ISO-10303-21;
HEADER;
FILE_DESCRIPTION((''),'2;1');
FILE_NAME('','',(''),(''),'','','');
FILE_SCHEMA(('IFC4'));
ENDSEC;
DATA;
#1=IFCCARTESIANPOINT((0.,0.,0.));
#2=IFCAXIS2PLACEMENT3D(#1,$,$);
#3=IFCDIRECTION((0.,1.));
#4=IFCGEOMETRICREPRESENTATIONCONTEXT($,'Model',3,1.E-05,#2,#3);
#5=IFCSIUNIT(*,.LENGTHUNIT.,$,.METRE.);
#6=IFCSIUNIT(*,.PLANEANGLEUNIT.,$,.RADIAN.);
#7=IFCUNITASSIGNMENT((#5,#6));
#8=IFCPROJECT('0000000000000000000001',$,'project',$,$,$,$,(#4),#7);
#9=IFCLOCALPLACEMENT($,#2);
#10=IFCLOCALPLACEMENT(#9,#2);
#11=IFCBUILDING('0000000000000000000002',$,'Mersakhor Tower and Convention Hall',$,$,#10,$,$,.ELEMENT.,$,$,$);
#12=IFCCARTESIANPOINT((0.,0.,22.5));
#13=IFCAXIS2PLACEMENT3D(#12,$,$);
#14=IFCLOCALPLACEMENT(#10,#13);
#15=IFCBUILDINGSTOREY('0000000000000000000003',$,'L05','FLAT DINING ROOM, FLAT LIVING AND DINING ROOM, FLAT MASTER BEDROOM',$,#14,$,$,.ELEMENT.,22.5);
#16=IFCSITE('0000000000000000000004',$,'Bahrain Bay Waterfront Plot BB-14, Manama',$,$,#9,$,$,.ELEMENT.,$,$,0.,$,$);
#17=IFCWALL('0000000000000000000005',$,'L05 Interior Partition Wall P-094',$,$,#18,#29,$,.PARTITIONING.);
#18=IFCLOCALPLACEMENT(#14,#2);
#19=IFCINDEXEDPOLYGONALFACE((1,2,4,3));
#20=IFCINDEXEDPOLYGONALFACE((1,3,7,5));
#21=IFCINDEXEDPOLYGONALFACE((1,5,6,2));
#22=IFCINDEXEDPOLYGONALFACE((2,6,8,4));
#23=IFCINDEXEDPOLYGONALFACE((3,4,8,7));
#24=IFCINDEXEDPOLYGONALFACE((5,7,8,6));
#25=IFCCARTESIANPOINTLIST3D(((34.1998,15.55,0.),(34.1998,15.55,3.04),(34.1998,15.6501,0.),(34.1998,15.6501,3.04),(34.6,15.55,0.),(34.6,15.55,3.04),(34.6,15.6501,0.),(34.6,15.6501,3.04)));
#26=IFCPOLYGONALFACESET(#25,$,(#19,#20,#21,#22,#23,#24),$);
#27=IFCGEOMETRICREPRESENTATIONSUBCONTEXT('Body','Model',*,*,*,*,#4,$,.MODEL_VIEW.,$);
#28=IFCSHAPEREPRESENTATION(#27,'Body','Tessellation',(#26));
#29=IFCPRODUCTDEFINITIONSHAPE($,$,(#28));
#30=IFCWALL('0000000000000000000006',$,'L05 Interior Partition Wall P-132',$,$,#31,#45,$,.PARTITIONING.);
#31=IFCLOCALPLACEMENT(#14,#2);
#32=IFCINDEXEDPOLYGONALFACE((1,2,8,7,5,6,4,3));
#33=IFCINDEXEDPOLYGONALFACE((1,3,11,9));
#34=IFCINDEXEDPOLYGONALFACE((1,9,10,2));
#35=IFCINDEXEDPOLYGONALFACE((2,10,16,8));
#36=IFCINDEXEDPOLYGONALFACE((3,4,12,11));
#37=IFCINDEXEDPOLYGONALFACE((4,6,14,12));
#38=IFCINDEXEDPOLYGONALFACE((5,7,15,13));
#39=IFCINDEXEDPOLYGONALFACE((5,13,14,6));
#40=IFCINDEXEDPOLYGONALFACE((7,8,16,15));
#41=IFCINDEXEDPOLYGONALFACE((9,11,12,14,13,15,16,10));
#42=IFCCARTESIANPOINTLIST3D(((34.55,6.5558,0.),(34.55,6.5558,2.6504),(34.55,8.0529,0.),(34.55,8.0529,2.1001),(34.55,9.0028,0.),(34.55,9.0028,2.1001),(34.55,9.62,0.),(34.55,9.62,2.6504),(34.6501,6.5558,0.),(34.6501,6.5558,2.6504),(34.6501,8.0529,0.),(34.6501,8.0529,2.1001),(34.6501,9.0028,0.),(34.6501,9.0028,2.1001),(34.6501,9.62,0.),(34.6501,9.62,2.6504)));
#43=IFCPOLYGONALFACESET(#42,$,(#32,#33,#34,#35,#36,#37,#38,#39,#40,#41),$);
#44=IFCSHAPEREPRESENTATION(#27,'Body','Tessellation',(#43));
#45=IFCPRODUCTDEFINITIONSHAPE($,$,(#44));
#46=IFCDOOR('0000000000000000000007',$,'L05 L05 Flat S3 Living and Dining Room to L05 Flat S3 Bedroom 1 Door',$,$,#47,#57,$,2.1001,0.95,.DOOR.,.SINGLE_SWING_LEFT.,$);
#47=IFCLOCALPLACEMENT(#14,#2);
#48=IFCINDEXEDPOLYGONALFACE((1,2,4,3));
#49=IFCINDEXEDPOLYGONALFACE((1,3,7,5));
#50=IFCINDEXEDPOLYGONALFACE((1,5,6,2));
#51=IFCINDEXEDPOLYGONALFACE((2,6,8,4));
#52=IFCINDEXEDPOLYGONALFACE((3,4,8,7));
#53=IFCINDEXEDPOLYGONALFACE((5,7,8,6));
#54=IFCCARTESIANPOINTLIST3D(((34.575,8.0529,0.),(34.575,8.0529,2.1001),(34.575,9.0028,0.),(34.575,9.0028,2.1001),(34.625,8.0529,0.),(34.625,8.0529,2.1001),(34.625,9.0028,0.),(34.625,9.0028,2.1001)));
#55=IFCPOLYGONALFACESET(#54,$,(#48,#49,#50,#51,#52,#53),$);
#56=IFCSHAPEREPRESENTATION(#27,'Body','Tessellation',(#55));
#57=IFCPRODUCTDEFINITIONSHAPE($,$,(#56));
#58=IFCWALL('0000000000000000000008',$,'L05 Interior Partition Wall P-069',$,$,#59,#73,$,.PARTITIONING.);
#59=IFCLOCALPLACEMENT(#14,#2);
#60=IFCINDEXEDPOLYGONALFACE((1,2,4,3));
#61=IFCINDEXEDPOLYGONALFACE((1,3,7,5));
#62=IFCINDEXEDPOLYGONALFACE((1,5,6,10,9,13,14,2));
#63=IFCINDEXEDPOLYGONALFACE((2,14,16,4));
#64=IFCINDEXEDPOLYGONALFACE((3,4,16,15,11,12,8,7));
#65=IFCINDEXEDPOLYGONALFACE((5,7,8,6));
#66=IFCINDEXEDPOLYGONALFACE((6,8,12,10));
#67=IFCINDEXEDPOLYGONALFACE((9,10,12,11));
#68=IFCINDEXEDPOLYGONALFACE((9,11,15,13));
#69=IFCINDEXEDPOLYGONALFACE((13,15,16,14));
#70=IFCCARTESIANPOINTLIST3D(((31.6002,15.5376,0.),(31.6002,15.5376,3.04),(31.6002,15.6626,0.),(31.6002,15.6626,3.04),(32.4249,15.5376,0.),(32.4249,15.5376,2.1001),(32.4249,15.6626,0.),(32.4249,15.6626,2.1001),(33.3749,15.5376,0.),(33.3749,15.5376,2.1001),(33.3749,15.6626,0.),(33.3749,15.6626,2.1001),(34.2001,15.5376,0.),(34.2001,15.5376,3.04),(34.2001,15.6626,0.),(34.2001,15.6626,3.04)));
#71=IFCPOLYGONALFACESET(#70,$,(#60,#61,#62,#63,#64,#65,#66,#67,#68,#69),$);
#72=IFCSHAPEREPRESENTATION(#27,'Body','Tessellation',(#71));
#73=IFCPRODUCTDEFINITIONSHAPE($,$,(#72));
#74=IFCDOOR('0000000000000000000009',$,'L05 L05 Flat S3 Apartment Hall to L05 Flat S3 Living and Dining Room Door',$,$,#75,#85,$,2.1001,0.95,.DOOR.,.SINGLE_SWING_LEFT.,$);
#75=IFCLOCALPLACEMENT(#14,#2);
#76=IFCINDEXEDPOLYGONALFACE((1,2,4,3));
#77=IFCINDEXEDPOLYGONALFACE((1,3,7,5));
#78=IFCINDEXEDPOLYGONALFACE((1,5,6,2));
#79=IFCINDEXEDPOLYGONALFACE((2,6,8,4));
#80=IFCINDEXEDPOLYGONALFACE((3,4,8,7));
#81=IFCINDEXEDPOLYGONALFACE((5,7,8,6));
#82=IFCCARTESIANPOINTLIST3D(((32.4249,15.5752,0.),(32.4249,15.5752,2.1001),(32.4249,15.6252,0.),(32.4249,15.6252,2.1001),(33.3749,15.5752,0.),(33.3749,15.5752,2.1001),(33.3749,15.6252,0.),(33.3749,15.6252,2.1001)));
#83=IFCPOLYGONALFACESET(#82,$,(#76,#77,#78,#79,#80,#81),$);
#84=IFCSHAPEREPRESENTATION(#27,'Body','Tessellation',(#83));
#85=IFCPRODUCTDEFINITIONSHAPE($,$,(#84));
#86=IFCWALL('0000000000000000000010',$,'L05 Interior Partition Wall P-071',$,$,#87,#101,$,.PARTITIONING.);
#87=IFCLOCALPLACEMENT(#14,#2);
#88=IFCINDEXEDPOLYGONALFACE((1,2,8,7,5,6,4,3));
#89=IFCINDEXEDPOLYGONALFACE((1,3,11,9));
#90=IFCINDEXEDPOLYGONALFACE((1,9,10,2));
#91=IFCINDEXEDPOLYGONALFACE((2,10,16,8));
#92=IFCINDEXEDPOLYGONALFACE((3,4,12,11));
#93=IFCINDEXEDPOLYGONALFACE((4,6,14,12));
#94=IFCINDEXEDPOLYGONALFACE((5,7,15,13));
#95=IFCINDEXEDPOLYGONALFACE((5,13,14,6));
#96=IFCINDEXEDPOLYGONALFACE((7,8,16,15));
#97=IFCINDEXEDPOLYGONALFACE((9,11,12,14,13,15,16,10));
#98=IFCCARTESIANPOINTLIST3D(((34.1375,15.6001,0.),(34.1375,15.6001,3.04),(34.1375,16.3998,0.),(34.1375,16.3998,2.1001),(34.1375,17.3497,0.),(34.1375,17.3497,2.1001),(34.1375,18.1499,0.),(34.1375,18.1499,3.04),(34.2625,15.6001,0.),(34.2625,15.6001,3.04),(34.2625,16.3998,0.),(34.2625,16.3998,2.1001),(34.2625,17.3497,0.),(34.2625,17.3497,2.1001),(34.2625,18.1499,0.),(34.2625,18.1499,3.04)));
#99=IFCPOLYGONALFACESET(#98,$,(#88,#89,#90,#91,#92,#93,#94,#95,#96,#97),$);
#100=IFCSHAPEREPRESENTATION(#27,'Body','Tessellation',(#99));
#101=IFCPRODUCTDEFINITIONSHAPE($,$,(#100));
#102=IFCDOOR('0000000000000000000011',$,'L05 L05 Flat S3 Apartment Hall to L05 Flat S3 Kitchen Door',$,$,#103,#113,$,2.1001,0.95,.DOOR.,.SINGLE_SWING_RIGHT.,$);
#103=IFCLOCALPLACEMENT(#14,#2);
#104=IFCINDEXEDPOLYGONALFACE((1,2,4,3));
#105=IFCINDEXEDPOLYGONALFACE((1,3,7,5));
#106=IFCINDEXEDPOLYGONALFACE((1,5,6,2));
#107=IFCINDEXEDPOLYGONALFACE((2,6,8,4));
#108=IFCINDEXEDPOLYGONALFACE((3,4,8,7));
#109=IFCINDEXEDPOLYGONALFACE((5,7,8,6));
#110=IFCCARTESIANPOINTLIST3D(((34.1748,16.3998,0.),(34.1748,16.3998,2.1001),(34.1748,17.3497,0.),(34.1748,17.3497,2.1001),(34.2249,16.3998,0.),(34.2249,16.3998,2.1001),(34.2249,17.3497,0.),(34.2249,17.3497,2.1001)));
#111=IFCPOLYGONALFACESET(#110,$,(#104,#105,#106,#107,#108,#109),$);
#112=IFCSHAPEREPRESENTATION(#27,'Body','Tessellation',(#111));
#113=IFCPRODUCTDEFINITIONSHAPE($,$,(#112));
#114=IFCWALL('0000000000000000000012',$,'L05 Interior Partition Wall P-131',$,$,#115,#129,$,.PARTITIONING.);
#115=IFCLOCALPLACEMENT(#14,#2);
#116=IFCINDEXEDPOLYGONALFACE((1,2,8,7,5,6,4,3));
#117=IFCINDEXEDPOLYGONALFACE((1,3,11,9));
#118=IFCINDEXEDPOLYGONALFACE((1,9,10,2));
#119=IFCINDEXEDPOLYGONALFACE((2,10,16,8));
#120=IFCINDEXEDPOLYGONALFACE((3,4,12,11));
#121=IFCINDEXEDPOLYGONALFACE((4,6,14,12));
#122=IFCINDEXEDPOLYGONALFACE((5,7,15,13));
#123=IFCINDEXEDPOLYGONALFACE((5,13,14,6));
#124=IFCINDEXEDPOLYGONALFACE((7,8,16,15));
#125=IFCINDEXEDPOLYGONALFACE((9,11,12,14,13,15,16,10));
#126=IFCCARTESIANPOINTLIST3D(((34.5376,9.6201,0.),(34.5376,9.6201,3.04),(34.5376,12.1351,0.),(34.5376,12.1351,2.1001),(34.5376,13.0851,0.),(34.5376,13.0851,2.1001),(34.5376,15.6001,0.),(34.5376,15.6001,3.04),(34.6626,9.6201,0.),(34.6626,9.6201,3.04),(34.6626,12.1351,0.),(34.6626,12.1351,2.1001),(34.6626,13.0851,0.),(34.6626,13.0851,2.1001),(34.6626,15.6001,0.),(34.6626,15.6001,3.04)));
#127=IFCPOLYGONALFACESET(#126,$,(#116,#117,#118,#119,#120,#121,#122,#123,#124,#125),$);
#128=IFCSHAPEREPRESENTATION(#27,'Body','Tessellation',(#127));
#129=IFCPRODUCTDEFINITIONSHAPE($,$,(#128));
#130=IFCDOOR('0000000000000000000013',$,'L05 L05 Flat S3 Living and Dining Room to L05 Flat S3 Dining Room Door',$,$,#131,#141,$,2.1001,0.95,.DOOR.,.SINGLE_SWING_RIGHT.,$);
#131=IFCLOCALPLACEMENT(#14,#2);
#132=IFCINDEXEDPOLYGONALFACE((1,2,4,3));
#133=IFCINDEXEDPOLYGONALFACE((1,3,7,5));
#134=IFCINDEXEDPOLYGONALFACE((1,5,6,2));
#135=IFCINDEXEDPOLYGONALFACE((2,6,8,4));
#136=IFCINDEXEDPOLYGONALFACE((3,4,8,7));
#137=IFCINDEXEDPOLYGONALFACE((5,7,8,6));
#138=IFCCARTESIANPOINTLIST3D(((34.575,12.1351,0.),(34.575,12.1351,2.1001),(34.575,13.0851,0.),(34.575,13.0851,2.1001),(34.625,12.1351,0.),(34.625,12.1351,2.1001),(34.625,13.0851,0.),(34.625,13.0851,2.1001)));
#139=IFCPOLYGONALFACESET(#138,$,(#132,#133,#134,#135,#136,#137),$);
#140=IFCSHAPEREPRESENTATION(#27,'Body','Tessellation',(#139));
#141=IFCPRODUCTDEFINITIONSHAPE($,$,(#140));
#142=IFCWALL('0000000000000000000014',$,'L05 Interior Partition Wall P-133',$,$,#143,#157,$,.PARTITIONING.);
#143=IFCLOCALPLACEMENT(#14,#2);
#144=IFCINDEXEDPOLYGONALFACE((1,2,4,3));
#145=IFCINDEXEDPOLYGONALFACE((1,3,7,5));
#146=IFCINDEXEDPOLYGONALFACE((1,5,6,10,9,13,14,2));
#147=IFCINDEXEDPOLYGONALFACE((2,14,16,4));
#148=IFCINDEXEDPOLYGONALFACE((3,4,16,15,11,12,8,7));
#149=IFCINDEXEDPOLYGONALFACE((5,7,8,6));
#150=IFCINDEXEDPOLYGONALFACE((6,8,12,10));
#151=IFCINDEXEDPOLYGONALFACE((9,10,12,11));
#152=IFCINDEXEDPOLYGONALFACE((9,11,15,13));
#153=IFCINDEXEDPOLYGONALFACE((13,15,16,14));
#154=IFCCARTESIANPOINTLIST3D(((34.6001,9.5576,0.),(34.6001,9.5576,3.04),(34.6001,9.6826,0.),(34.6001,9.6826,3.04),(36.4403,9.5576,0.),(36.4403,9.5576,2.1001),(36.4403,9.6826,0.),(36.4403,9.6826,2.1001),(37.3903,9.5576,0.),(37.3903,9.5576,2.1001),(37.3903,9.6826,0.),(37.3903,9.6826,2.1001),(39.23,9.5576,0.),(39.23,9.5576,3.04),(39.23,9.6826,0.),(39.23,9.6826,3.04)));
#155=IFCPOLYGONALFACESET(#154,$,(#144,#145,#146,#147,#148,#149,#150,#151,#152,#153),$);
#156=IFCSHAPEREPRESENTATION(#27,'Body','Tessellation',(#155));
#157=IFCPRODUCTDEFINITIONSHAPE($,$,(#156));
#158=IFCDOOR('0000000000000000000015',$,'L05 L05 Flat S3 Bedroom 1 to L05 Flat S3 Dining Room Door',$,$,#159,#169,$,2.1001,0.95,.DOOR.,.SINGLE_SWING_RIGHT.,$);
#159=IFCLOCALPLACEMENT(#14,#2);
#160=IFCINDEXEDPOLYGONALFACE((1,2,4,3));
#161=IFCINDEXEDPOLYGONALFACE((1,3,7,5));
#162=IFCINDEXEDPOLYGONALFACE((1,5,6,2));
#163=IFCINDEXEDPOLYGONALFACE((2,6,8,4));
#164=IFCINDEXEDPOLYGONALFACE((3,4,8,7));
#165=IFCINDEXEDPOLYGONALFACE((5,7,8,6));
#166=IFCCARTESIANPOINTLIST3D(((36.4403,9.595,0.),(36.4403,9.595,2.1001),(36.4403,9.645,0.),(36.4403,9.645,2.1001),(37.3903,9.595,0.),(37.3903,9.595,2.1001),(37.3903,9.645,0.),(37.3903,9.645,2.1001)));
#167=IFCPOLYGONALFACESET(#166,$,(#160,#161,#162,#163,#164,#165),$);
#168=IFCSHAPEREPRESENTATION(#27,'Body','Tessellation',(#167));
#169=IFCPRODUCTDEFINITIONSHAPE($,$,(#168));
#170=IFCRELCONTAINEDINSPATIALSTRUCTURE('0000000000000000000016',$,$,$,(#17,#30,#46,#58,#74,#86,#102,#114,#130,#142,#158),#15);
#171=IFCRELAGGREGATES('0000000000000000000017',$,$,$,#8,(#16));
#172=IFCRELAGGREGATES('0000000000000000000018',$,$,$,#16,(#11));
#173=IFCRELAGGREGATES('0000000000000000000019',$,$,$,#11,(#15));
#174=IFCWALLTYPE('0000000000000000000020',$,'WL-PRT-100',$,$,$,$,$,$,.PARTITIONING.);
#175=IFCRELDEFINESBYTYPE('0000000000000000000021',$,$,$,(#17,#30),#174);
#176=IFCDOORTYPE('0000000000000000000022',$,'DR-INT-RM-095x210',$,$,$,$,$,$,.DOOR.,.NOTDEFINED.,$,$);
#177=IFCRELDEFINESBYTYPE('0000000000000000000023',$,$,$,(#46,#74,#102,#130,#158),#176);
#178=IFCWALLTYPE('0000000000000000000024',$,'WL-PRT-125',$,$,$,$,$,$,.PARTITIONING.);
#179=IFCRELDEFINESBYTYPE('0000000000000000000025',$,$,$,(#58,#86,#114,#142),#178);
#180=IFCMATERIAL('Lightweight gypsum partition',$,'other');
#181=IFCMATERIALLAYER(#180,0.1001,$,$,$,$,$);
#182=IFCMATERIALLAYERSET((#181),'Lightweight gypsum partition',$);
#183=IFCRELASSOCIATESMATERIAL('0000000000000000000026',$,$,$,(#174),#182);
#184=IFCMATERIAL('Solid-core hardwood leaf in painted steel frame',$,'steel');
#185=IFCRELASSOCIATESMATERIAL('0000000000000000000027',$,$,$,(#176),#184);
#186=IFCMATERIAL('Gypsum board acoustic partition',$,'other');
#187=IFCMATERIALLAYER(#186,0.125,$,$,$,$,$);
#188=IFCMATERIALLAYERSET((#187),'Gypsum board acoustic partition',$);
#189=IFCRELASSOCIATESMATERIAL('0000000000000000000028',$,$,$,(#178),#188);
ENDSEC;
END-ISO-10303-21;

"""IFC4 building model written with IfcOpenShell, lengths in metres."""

from ifc_helpers import new_model, si_unit, direction, frame, frame_2d, origin, place, context, subcontext, project, spatial, rectangle, extrude, material, layer, layer_set, type_object, element, fill, save


model = new_model("IFC4")

# Units and contexts
model_context = context("Model", 3, precision=1e-05, world=origin(), true_north=direction((0.0, 1.0)))
body_context = subcontext(model_context, "Body", "Model", "MODEL_VIEW")
ifc_project = project(units=[si_unit("LENGTHUNIT", "METRE"), si_unit("PLANEANGLEUNIT", "RADIAN")], contexts=[model_context])

# Site, building, storey
site_placement = place(None, origin())
site = spatial("IfcSite", under=ifc_project, at=site_placement, Name="Bahrain Bay Waterfront Plot BB-14, Manama", CompositionType="ELEMENT", RefElevation=0.0)
building_placement = place(site_placement, origin())
building = spatial("IfcBuilding", under=site, at=building_placement, Name="Mersakhor Tower and Convention Hall", CompositionType="ELEMENT")
storey_placement = place(building_placement, frame((0.0, 0.0, 22.5)))
storey = spatial("IfcBuildingStorey", under=building, at=storey_placement, Name="L05", Description="FLAT DINING ROOM, FLAT LIVING AND DINING ROOM, FLAT MASTER BEDROOM", CompositionType="ELEMENT", Elevation=22.5)

# Wall
ifc_material_1 = material(Name="Lightweight gypsum partition", Category="other")
ifc_layer_1 = layer(ifc_material_1, 0.1001)
ifc_layer_set_1 = layer_set([ifc_layer_1], Name="Lightweight gypsum partition")
wall_type_1 = type_object("IfcWallType", Name="WL-PRT-100", PredefinedType="PARTITIONING", material=ifc_layer_set_1)
wall_1_placement = place(storey_placement, frame((34.6001, 15.6001, 0.0), z_axis=(0.0, 0.0, 1.0), x_axis=(-1.0, 0.0, 0.0)))
element("IfcWall", 1, at=wall_1_placement, inside=storey, type_object=wall_type_1, Name="L05 Interior Partition Wall P-094", PredefinedType="PARTITIONING", context=body_context, shape_type="SweptSolid", body=[
    extrude(rectangle(XDim=0.4001, YDim=0.1001, at=frame_2d((0.2002, 0.0))), origin(), (0.0, 0.0, 1.0), 3.04),
])

# Walls, openings, doors
wall_2_placement = place(storey_placement, frame((34.6001, 9.6201, 0.0), z_axis=(0.0, 0.0, 1.0), x_axis=(0.0, -1.0, 0.0)))
wall_2 = element("IfcWall", 2, at=wall_2_placement, inside=storey, type_object=wall_type_1, Name="L05 Interior Partition Wall P-132", PredefinedType="PARTITIONING", context=body_context, shape_type="SweptSolid", body=[
    extrude(rectangle(XDim=3.0642, YDim=0.1001, at=frame_2d((1.5322, 0.0))), origin(), (0.0, 0.0, 1.0), 2.6504),
])
opening_1_placement = place(wall_2_placement, frame((0.6172, 0.0, 0.0)))
opening_1 = element("IfcOpeningElement", 3, at=opening_1_placement, cuts=wall_2, PredefinedType="OPENING", context=body_context, shape_type="SweptSolid", body=[
    extrude(rectangle(XDim=0.95, YDim=2.1001, at=frame_2d((0.4751, 1.05))), frame((0.0, 0.0601, 0.0), z_axis=(0.0, -1.0, 0.0), x_axis=(1.0, 0.0, 0.0)), (0.0, 0.0, 1.0), 0.1201),
])
ifc_material_2 = material(Name="Solid-core hardwood leaf in painted steel frame", Category="steel")
door_type_1 = type_object("IfcDoorType", Name="DR-INT-RM-095x210", OperationType="NOTDEFINED", PredefinedType="DOOR", material=ifc_material_2)
door_1_placement = place(opening_1_placement, origin())
door_1 = element("IfcDoor", 4, at=door_1_placement, inside=storey, type_object=door_type_1, Name="L05 L05 Flat S3 Living and Dining Room to L05 Flat S3 Bedroom 1 Door", OperationType="SINGLE_SWING_LEFT", OverallHeight=2.1001, OverallWidth=0.95, PredefinedType="DOOR", context=body_context, shape_type="SweptSolid", body=[
    extrude(rectangle(XDim=0.95, YDim=2.1001, at=frame_2d((0.4751, 1.05))), frame((0.0, 0.0249, 0.0), z_axis=(0.0, -1.0, 0.0), x_axis=(1.0, 0.0, 0.0)), (0.0, 0.0, 1.0), 0.05),
])
fill(opening_1, door_1)
ifc_material_3 = material(Name="Gypsum board acoustic partition", Category="other")
ifc_layer_2 = layer(ifc_material_3, 0.125)
ifc_layer_set_2 = layer_set([ifc_layer_2], Name="Gypsum board acoustic partition")
wall_type_2 = type_object("IfcWallType", Name="WL-PRT-125", PredefinedType="PARTITIONING", material=ifc_layer_set_2)
wall_3_placement = place(storey_placement, frame((34.2, 15.6001, 0.0), z_axis=(0.0, 0.0, 1.0), x_axis=(-1.0, 0.0, 0.0)))
wall_3 = element("IfcWall", 5, at=wall_3_placement, inside=storey, type_object=wall_type_2, Name="L05 Interior Partition Wall P-069", PredefinedType="PARTITIONING", context=body_context, shape_type="SweptSolid", body=[
    extrude(rectangle(XDim=2.5999, YDim=0.125, at=frame_2d((1.2998, 0.0))), origin(), (0.0, 0.0, 1.0), 3.04),
])
opening_2_placement = place(wall_3_placement, frame((0.825, 0.0, 0.0)))
opening_2 = element("IfcOpeningElement", 6, at=opening_2_placement, cuts=wall_3, PredefinedType="OPENING", context=body_context, shape_type="SweptSolid", body=[
    extrude(rectangle(XDim=0.95, YDim=2.1001, at=frame_2d((0.4751, 1.05))), frame((0.0, 0.0725, 0.0), z_axis=(0.0, -1.0, 0.0), x_axis=(1.0, 0.0, 0.0)), (0.0, 0.0, 1.0), 0.145),
])
door_2_placement = place(opening_2_placement, origin())
door_2 = element("IfcDoor", 7, at=door_2_placement, inside=storey, type_object=door_type_1, Name="L05 L05 Flat S3 Apartment Hall to L05 Flat S3 Living and Dining Room Door", OperationType="SINGLE_SWING_LEFT", OverallHeight=2.1001, OverallWidth=0.95, PredefinedType="DOOR", context=body_context, shape_type="SweptSolid", body=[
    extrude(rectangle(XDim=0.95, YDim=2.1001, at=frame_2d((0.4751, 1.05))), frame((0.0, 0.0249, 0.0), z_axis=(0.0, -1.0, 0.0), x_axis=(1.0, 0.0, 0.0)), (0.0, 0.0, 1.0), 0.05),
])
fill(opening_2, door_2)
wall_4_placement = place(storey_placement, frame((34.2, 18.1499, 0.0), z_axis=(0.0, 0.0, 1.0), x_axis=(0.0, -1.0, 0.0)))
wall_4 = element("IfcWall", 8, at=wall_4_placement, inside=storey, type_object=wall_type_2, Name="L05 Interior Partition Wall P-071", PredefinedType="PARTITIONING", context=body_context, shape_type="SweptSolid", body=[
    extrude(rectangle(XDim=2.5498, YDim=0.125, at=frame_2d((1.2749, 0.0))), origin(), (0.0, 0.0, 1.0), 3.04),
])
opening_3_placement = place(wall_4_placement, frame((0.8, 0.0, 0.0)))
opening_3 = element("IfcOpeningElement", 9, at=opening_3_placement, cuts=wall_4, PredefinedType="OPENING", context=body_context, shape_type="SweptSolid", body=[
    extrude(rectangle(XDim=0.95, YDim=2.1001, at=frame_2d((0.4751, 1.05))), frame((0.0, 0.0725, 0.0), z_axis=(0.0, -1.0, 0.0), x_axis=(1.0, 0.0, 0.0)), (0.0, 0.0, 1.0), 0.145),
])
door_3_placement = place(opening_3_placement, origin())
door_3 = element("IfcDoor", 10, at=door_3_placement, inside=storey, type_object=door_type_1, Name="L05 L05 Flat S3 Apartment Hall to L05 Flat S3 Kitchen Door", OperationType="SINGLE_SWING_RIGHT", OverallHeight=2.1001, OverallWidth=0.95, PredefinedType="DOOR", context=body_context, shape_type="SweptSolid", body=[
    extrude(rectangle(XDim=0.95, YDim=2.1001, at=frame_2d((0.4751, 1.05))), frame((0.0, 0.0249, 0.0), z_axis=(0.0, -1.0, 0.0), x_axis=(1.0, 0.0, 0.0)), (0.0, 0.0, 1.0), 0.05),
])
fill(opening_3, door_3)
wall_5_placement = place(storey_placement, frame((34.6001, 15.6001, 0.0), z_axis=(0.0, 0.0, 1.0), x_axis=(0.0, -1.0, 0.0)))
wall_5 = element("IfcWall", 11, at=wall_5_placement, inside=storey, type_object=wall_type_2, Name="L05 Interior Partition Wall P-131", PredefinedType="PARTITIONING", context=body_context, shape_type="SweptSolid", body=[
    extrude(rectangle(XDim=5.98, YDim=0.125, at=frame_2d((2.99, 0.0))), origin(), (0.0, 0.0, 1.0), 3.04),
])
opening_4_placement = place(wall_5_placement, frame((2.5149, 0.0, 0.0)))
opening_4 = element("IfcOpeningElement", 12, at=opening_4_placement, cuts=wall_5, PredefinedType="OPENING", context=body_context, shape_type="SweptSolid", body=[
    extrude(rectangle(XDim=0.95, YDim=2.1001, at=frame_2d((0.4751, 1.05))), frame((0.0, 0.0725, 0.0), z_axis=(0.0, -1.0, 0.0), x_axis=(1.0, 0.0, 0.0)), (0.0, 0.0, 1.0), 0.145),
])
door_4_placement = place(opening_4_placement, origin())
door_4 = element("IfcDoor", 13, at=door_4_placement, inside=storey, type_object=door_type_1, Name="L05 L05 Flat S3 Living and Dining Room to L05 Flat S3 Dining Room Door", OperationType="SINGLE_SWING_RIGHT", OverallHeight=2.1001, OverallWidth=0.95, PredefinedType="DOOR", context=body_context, shape_type="SweptSolid", body=[
    extrude(rectangle(XDim=0.95, YDim=2.1001, at=frame_2d((0.4751, 1.05))), frame((0.0, 0.0249, 0.0), z_axis=(0.0, -1.0, 0.0), x_axis=(1.0, 0.0, 0.0)), (0.0, 0.0, 1.0), 0.05),
])
fill(opening_4, door_4)
wall_6_placement = place(storey_placement, frame((34.6001, 9.6201, 0.0), z_axis=(0.0, 0.0, 1.0), x_axis=(1.0, 0.0, 0.0)))
wall_6 = element("IfcWall", 14, at=wall_6_placement, inside=storey, type_object=wall_type_2, Name="L05 Interior Partition Wall P-133", PredefinedType="PARTITIONING", context=body_context, shape_type="SweptSolid", body=[
    extrude(rectangle(XDim=4.6299, YDim=0.125, at=frame_2d((2.3149, 0.0))), origin(), (0.0, 0.0, 1.0), 3.04),
])
opening_5_placement = place(wall_6_placement, frame((1.8401, 0.0, 0.0)))
opening_5 = element("IfcOpeningElement", 15, at=opening_5_placement, cuts=wall_6, PredefinedType="OPENING", context=body_context, shape_type="SweptSolid", body=[
    extrude(rectangle(XDim=0.95, YDim=2.1001, at=frame_2d((0.4751, 1.05))), frame((0.0, 0.0725, 0.0), z_axis=(0.0, -1.0, 0.0), x_axis=(1.0, 0.0, 0.0)), (0.0, 0.0, 1.0), 0.145),
])
door_5_placement = place(opening_5_placement, origin())
door_5 = element("IfcDoor", 16, at=door_5_placement, inside=storey, type_object=door_type_1, Name="L05 L05 Flat S3 Bedroom 1 to L05 Flat S3 Dining Room Door", OperationType="SINGLE_SWING_RIGHT", OverallHeight=2.1001, OverallWidth=0.95, PredefinedType="DOOR", context=body_context, shape_type="SweptSolid", body=[
    extrude(rectangle(XDim=0.95, YDim=2.1001, at=frame_2d((0.4751, 1.05))), frame((0.0, 0.0249, 0.0), z_axis=(0.0, -1.0, 0.0), x_axis=(1.0, 0.0, 0.0)), (0.0, 0.0, 1.0), 0.05),
])
fill(opening_5, door_5)

save(model, "model.ifc")
